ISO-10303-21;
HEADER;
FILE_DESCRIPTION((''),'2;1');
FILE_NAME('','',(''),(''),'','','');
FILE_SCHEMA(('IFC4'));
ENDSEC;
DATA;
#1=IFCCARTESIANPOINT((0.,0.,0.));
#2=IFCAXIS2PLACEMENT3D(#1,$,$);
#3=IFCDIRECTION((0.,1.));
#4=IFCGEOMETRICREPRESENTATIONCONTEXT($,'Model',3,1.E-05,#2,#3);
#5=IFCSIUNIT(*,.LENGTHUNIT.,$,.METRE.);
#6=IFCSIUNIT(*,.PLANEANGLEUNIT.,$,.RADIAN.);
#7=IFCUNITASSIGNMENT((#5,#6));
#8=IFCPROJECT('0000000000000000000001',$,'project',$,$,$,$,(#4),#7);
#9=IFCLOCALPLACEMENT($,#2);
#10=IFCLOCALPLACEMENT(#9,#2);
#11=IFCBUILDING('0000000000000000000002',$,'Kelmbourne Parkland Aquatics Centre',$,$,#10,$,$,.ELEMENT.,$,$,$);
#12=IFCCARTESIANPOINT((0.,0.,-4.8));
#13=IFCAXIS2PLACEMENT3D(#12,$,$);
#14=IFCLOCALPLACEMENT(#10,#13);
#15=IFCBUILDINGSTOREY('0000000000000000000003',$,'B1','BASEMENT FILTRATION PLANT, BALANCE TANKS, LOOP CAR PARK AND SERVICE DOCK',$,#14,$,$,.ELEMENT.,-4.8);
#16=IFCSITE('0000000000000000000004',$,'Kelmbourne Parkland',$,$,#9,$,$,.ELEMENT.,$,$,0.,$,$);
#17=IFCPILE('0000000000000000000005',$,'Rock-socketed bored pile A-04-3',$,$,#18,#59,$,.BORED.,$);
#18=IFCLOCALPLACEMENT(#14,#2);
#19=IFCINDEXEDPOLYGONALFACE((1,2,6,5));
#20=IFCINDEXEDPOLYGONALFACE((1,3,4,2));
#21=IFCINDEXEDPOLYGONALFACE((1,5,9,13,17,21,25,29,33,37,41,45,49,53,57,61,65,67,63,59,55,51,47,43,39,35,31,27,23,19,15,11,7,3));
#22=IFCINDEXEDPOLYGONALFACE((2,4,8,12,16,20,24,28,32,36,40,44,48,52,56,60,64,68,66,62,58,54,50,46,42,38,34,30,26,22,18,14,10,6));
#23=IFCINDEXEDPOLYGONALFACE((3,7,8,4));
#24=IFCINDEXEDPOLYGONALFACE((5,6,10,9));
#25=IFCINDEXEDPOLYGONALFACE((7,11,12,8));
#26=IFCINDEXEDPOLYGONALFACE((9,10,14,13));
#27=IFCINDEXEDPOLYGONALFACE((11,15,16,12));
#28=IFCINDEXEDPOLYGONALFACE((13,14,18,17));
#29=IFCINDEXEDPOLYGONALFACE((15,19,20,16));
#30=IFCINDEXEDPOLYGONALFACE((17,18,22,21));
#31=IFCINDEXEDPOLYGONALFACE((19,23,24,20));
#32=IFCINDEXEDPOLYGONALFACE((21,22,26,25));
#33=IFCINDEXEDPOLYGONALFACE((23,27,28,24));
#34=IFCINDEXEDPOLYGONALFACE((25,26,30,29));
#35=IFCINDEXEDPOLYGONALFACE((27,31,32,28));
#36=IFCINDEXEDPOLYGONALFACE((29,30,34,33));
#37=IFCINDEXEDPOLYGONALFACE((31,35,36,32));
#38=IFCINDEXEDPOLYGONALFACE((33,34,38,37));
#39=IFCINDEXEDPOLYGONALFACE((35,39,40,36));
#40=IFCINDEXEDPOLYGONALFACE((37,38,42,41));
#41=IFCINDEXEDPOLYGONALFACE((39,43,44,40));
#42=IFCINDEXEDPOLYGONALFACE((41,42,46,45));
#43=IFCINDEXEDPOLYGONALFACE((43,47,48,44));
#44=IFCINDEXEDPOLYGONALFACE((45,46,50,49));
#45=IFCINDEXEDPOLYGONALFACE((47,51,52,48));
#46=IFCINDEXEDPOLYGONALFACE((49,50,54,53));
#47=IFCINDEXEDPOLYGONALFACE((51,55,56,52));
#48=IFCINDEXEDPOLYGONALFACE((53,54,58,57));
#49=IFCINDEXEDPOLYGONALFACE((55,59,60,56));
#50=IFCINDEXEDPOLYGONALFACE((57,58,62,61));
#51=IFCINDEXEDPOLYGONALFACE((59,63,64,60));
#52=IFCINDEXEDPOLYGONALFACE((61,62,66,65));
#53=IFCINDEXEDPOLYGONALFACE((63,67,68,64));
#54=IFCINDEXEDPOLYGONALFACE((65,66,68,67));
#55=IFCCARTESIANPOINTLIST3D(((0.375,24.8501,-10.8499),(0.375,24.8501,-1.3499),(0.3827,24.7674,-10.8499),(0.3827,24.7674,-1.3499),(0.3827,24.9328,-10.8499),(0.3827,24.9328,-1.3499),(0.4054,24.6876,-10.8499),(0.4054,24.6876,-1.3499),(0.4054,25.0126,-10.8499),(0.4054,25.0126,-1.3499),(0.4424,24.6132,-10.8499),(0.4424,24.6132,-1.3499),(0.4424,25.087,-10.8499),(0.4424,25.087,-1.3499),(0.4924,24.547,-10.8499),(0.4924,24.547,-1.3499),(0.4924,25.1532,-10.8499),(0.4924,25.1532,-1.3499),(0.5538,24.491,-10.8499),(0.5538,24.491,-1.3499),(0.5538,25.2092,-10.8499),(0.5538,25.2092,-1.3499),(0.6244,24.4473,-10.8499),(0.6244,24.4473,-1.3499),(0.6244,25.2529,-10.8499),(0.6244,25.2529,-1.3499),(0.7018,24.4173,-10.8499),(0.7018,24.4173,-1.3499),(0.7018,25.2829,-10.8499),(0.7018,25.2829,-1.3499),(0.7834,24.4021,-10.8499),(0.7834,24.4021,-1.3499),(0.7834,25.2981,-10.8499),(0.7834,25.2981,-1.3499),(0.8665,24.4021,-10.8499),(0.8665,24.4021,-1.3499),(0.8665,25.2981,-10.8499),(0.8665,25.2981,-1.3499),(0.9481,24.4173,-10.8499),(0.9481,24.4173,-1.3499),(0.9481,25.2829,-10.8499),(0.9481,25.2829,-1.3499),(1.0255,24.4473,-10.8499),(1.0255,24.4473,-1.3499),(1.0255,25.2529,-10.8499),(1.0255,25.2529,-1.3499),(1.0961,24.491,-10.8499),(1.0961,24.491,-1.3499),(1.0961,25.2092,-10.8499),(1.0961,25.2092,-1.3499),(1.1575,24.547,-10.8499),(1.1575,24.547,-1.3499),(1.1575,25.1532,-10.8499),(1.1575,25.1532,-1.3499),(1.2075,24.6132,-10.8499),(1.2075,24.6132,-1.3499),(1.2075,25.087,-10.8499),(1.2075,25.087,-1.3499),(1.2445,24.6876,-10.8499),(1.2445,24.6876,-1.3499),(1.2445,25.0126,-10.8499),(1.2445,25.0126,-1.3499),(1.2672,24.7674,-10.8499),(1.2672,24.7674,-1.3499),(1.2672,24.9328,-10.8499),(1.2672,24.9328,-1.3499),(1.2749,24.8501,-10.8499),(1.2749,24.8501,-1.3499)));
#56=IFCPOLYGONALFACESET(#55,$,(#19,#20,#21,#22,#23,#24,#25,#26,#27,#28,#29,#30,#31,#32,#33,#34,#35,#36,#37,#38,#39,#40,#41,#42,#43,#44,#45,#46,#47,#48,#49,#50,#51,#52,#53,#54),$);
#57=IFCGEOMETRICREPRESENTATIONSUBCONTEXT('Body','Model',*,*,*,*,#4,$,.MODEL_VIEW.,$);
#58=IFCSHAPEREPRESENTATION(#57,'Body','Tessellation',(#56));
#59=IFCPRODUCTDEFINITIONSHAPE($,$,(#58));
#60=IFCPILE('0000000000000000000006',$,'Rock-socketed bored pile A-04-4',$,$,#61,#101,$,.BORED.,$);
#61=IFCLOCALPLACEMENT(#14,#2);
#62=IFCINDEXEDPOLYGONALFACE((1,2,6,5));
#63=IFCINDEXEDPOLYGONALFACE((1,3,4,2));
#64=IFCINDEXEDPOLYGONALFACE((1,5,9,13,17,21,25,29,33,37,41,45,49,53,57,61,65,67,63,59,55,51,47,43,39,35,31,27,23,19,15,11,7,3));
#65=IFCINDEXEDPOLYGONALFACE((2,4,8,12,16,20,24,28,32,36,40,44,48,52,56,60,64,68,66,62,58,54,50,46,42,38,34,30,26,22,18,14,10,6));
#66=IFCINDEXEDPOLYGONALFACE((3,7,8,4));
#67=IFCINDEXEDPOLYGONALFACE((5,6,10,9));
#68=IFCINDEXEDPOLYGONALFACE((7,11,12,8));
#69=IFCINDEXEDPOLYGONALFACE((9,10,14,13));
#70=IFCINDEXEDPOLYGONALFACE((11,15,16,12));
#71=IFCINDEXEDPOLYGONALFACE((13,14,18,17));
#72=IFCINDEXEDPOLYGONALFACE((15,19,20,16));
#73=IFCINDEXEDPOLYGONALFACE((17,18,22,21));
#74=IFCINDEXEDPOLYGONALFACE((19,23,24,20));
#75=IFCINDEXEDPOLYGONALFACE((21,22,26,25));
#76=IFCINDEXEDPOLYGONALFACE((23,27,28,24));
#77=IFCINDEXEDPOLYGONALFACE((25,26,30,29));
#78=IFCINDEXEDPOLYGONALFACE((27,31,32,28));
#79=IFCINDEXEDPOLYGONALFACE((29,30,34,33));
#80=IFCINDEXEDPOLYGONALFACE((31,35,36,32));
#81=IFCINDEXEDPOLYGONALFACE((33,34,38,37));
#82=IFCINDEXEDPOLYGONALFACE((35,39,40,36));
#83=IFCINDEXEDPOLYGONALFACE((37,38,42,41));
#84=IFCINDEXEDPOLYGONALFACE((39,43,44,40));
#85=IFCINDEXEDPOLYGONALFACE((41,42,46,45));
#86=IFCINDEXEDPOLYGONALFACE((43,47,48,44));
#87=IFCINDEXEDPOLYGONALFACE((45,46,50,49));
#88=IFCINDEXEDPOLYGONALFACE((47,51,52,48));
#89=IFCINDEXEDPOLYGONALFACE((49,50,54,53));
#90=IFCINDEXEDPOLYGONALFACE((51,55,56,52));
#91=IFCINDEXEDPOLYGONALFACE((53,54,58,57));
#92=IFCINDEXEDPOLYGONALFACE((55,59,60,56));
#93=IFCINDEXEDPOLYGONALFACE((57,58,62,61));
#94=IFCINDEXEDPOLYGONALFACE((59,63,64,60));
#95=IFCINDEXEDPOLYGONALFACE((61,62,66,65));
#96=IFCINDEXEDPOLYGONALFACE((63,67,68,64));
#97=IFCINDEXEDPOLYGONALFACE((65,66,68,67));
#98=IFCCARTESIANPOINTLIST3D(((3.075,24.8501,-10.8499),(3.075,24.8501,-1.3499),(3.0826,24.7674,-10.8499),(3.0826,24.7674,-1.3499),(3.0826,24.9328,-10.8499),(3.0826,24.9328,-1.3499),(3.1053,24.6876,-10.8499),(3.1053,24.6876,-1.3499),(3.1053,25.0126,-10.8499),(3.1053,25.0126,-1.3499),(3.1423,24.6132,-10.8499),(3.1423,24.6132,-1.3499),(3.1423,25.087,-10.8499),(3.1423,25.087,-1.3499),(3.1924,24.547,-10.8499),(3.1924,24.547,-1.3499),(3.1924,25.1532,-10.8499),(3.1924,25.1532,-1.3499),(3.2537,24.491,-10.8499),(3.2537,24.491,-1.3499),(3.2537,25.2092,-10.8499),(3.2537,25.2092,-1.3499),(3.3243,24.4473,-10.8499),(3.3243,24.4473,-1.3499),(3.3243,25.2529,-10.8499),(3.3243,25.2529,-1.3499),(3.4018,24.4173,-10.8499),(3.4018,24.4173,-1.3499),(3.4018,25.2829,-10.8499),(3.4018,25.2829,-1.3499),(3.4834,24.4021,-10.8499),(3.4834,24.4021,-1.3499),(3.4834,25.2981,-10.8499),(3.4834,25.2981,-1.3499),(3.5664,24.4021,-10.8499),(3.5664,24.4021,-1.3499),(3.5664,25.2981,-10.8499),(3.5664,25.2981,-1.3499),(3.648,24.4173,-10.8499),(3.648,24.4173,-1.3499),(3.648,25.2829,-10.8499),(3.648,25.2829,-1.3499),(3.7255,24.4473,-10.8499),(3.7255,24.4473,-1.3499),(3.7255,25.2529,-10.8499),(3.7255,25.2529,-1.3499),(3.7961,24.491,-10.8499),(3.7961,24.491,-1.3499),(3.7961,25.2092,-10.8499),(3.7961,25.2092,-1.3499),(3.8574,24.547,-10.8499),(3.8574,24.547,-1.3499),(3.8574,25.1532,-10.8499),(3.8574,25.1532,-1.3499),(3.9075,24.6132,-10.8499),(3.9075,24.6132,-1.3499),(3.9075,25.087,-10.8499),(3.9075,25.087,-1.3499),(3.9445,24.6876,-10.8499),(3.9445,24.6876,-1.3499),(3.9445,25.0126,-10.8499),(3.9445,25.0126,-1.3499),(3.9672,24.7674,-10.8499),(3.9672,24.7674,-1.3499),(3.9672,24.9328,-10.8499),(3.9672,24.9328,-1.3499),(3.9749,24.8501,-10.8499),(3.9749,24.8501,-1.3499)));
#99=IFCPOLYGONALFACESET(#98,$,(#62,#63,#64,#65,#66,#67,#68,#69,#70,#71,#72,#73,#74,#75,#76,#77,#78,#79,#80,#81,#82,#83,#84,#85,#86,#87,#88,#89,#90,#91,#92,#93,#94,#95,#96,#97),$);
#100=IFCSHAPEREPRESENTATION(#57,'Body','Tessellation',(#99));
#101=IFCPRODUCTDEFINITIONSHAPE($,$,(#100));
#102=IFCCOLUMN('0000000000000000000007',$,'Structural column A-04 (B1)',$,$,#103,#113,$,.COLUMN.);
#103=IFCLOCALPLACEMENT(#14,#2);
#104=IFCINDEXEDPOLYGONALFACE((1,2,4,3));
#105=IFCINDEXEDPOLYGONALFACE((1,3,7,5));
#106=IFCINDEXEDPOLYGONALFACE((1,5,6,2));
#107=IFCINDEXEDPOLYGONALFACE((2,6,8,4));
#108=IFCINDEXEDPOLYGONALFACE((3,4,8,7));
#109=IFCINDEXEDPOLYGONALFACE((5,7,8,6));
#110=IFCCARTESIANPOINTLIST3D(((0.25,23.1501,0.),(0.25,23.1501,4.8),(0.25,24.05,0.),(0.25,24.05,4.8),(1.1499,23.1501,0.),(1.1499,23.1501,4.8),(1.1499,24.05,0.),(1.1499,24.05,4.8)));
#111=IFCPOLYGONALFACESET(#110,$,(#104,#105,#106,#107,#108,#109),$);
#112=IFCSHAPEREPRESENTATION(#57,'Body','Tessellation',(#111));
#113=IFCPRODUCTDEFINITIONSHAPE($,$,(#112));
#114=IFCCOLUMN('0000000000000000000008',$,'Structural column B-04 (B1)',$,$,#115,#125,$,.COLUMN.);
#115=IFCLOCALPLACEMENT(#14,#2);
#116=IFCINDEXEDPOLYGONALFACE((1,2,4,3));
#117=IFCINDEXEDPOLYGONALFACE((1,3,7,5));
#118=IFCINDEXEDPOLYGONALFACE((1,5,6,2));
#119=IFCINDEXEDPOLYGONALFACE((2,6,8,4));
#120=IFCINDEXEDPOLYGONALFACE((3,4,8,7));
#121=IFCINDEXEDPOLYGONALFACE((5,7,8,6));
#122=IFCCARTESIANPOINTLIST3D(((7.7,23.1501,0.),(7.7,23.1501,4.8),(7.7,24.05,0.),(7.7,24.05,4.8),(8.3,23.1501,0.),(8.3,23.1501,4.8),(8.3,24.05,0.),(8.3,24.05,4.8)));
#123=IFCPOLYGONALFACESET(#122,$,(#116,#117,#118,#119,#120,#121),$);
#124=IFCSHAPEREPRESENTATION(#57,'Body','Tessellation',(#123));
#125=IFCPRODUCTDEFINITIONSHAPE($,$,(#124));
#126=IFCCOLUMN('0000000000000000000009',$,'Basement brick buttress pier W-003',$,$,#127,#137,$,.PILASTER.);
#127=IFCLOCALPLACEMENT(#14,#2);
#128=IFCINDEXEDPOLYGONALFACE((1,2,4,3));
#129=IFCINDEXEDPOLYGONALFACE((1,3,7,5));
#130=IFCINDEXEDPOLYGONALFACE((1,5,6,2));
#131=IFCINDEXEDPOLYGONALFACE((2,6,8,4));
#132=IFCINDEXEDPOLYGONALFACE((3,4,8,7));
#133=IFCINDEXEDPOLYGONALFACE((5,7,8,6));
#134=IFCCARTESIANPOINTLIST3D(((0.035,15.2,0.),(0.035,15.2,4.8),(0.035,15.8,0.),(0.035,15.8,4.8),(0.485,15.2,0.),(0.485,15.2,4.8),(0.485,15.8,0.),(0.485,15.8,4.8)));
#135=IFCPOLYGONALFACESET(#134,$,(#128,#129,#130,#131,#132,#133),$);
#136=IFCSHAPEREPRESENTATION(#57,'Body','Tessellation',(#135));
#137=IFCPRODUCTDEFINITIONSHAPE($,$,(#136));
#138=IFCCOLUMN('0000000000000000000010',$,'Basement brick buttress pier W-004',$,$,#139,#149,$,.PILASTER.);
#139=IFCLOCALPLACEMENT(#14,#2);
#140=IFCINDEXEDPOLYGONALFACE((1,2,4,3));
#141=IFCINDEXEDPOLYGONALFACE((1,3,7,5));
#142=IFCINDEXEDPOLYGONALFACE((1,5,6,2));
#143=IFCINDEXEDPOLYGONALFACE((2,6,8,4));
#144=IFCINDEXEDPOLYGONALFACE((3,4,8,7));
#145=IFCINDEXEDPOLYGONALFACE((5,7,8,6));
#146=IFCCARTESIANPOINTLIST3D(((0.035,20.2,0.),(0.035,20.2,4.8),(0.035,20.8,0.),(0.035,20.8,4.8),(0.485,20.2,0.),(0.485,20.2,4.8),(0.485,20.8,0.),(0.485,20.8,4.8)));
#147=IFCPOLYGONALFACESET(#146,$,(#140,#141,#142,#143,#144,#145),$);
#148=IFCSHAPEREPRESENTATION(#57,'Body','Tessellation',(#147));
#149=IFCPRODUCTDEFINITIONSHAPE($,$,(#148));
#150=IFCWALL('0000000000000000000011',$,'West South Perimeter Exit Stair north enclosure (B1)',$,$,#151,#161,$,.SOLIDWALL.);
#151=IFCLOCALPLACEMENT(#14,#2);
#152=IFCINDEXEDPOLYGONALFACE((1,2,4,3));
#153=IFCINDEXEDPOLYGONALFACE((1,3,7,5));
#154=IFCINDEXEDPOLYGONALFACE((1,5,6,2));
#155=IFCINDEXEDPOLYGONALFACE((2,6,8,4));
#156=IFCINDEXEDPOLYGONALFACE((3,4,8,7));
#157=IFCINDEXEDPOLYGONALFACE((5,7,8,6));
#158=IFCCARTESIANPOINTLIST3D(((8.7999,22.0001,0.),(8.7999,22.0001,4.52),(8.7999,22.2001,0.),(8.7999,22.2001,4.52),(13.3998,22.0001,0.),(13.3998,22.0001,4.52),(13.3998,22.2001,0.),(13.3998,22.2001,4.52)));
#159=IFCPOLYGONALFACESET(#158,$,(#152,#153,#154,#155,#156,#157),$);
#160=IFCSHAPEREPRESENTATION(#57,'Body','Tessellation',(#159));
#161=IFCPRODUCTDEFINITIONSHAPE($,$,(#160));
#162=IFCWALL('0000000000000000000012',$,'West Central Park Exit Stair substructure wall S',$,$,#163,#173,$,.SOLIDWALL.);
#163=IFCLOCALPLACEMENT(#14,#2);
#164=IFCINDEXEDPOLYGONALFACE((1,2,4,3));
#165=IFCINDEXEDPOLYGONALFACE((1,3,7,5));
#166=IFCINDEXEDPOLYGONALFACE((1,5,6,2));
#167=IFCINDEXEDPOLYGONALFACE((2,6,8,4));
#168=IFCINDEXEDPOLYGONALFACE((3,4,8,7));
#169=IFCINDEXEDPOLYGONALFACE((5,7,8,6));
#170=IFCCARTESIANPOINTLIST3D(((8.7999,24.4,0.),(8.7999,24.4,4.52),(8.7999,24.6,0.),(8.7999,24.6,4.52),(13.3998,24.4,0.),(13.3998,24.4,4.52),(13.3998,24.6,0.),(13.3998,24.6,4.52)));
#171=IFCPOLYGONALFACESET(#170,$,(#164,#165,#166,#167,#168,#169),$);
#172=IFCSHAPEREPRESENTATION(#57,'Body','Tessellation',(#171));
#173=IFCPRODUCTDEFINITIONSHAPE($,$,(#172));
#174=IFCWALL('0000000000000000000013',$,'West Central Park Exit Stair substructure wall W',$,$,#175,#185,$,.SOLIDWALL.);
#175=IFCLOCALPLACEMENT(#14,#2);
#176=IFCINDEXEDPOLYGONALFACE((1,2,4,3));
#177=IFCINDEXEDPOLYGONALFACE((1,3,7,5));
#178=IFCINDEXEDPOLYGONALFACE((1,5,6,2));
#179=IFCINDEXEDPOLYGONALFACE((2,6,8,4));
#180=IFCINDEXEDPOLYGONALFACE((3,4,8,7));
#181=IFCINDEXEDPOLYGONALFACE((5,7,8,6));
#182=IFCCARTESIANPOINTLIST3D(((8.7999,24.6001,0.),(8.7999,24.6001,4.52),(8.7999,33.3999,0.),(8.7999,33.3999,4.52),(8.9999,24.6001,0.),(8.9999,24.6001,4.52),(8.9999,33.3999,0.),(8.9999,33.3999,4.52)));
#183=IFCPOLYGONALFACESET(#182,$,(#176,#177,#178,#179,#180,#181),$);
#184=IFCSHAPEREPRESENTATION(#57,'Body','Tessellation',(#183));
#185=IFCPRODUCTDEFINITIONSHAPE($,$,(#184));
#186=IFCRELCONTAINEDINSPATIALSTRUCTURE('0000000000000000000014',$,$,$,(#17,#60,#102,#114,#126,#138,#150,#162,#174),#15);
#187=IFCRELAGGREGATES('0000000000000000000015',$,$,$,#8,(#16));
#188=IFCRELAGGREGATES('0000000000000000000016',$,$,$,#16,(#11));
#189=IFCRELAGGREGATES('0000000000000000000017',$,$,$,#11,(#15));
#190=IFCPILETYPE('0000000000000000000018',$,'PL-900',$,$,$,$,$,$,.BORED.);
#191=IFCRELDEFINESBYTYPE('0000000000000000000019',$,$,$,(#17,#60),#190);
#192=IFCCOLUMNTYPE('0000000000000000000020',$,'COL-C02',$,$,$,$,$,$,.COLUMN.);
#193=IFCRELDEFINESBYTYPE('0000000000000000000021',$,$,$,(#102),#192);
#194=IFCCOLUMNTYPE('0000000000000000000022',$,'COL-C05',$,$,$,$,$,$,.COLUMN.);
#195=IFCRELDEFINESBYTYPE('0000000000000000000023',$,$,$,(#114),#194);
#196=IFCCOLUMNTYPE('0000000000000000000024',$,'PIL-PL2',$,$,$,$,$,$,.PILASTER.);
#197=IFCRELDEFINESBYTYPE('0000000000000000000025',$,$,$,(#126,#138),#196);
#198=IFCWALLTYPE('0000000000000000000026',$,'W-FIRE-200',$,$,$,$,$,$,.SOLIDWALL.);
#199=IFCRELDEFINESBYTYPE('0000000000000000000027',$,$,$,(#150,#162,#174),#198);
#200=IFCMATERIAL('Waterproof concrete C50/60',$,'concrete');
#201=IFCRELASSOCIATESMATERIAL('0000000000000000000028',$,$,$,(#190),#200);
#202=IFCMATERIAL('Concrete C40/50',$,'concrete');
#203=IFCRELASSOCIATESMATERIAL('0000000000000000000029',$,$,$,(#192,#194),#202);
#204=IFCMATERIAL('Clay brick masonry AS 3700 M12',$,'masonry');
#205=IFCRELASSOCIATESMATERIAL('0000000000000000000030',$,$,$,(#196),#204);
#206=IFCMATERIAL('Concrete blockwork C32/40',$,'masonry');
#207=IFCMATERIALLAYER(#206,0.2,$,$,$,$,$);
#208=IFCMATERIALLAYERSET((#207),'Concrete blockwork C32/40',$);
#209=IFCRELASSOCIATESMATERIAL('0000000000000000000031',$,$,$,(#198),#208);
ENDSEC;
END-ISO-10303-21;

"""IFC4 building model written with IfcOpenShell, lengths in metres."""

from ifc_helpers import new_model, si_unit, direction, frame, frame_2d, origin, origin_2d, place, context, subcontext, project, spatial, rectangle, circle, extrude, material, layer, layer_set, material_profile, profile_set, type_object, element, save


model = new_model("IFC4")

# Units and contexts
model_context = context("Model", 3, precision=1e-05, world=origin(), true_north=direction((0.0, 1.0)))
body_context = subcontext(model_context, "Body", "Model", "MODEL_VIEW")
ifc_project = project(units=[si_unit("LENGTHUNIT", "METRE"), si_unit("PLANEANGLEUNIT", "RADIAN")], contexts=[model_context])

# Site, building, storey
site_placement = place(None, origin())
site = spatial("IfcSite", under=ifc_project, at=site_placement, Name="Kelmbourne Parkland", CompositionType="ELEMENT", RefElevation=0.0)
building_placement = place(site_placement, origin())
building = spatial("IfcBuilding", under=site, at=building_placement, Name="Kelmbourne Parkland Aquatics Centre", CompositionType="ELEMENT")
storey_placement = place(building_placement, frame((0.0, 0.0, -4.8)))
storey = spatial("IfcBuildingStorey", under=building, at=storey_placement, Name="B1", Description="BASEMENT FILTRATION PLANT, BALANCE TANKS, LOOP CAR PARK AND SERVICE DOCK", CompositionType="ELEMENT", Elevation=-4.8)

# Shared definitions
ifc_material_1 = material(Name="Waterproof concrete C50/60", Category="concrete")

# Piles
ifc_material_profile_1 = material_profile(ifc_material_1, circle(Radius=0.45, at=origin_2d()), Name="PILE D900")
ifc_profile_set_1 = profile_set([ifc_material_profile_1], Name="Waterproof concrete C50/60")
pile_type_1 = type_object("IfcPileType", Name="PL-900", PredefinedType="BORED", material=ifc_profile_set_1)
for number, where, z_axis, x_axis, name in (
    (1, (0.825, 24.8501, -1.3499), (0.0, 0.0, -1.0), (1.0, 0.0, 0.0), "Rock-socketed bored pile A-04-3"),
    (2, (3.5249, 24.8501, -1.3499), (0.0, 0.0, -1.0), (1.0, 0.0, 0.0), "Rock-socketed bored pile A-04-4"),
):
    element("IfcPile", number, at=place(storey_placement, frame(where, z_axis=z_axis, x_axis=x_axis)), inside=storey, type_object=pile_type_1, Name=name, PredefinedType="BORED", context=body_context, shape_type="SweptSolid", body=[
        extrude(circle(Radius=0.45, at=origin_2d()), origin(), (0.0, 0.0, 1.0), 9.5),
    ])

# Columns
ifc_material_2 = material(Name="Concrete C40/50", Category="concrete")
ifc_material_profile_2 = material_profile(ifc_material_2, rectangle(XDim=0.8999, YDim=0.8999, at=origin_2d()), Name="RC 900x900")
ifc_profile_set_2 = profile_set([ifc_material_profile_2], Name="Concrete C40/50")
column_type_1 = type_object("IfcColumnType", Name="COL-C02", PredefinedType="COLUMN", material=ifc_profile_set_2)
column_1_placement = place(storey_placement, frame((0.7, 23.6001, 0.0), z_axis=(0.0, 0.0, 1.0), x_axis=(1.0, 0.0, 0.0)))
element("IfcColumn", 3, at=column_1_placement, inside=storey, type_object=column_type_1, Name="Structural column A-04 (B1)", PredefinedType="COLUMN", context=body_context, shape_type="SweptSolid", body=[
    extrude(rectangle(XDim=0.8999, YDim=0.8999, at=origin_2d()), origin(), (0.0, 0.0, 1.0), 4.8),
])
ifc_material_profile_3 = material_profile(ifc_material_2, rectangle(XDim=0.6001, YDim=0.8999, at=origin_2d()), Name="RC 600x900")
ifc_profile_set_3 = profile_set([ifc_material_profile_3], Name="Concrete C40/50")
column_type_2 = type_object("IfcColumnType", Name="COL-C05", PredefinedType="COLUMN", material=ifc_profile_set_3)
column_2_placement = place(storey_placement, frame((8.0, 23.6001, 0.0), z_axis=(0.0, 0.0, 1.0), x_axis=(1.0, 0.0, 0.0)))
element("IfcColumn", 4, at=column_2_placement, inside=storey, type_object=column_type_2, Name="Structural column B-04 (B1)", PredefinedType="COLUMN", context=body_context, shape_type="SweptSolid", body=[
    extrude(rectangle(XDim=0.6001, YDim=0.8999, at=origin_2d()), origin(), (0.0, 0.0, 1.0), 4.8),
])
ifc_material_3 = material(Name="Clay brick masonry AS 3700 M12", Category="masonry")
ifc_material_profile_4 = material_profile(ifc_material_3, rectangle(XDim=0.45, YDim=0.6001, at=origin_2d()), Name="PIL 450x600")
ifc_profile_set_4 = profile_set([ifc_material_profile_4], Name="Clay brick masonry AS 3700 M12")
column_type_3 = type_object("IfcColumnType", Name="PIL-PL2", PredefinedType="PILASTER", material=ifc_profile_set_4)
for number, where, z_axis, x_axis, name in (
    (5, (0.26, 15.5, 0.0), (0.0, 0.0, 1.0), (1.0, 0.0, 0.0), "Basement brick buttress pier W-003"),
    (6, (0.26, 20.5, 0.0), (0.0, 0.0, 1.0), (1.0, 0.0, 0.0), "Basement brick buttress pier W-004"),
):
    element("IfcColumn", number, at=place(storey_placement, frame(where, z_axis=z_axis, x_axis=x_axis)), inside=storey, type_object=column_type_3, Name=name, PredefinedType="PILASTER", context=body_context, shape_type="SweptSolid", body=[
        extrude(rectangle(XDim=0.45, YDim=0.6001, at=origin_2d()), origin(), (0.0, 0.0, 1.0), 4.8),
    ])

# Walls
ifc_material_4 = material(Name="Concrete blockwork C32/40", Category="masonry")
ifc_layer = layer(ifc_material_4, 0.2)
ifc_layer_set = layer_set([ifc_layer], Name="Concrete blockwork C32/40")
wall_type = type_object("IfcWallType", Name="W-FIRE-200", PredefinedType="SOLIDWALL", material=ifc_layer_set)
for number, where, z_axis, x_axis, name in (
    (7, (8.8, 22.1001, 0.0), (0.0, 0.0, 1.0), (1.0, 0.0, 0.0), "West South Perimeter Exit Stair north enclosure (B1)"),
    (8, (8.8, 24.5, 0.0), (0.0, 0.0, 1.0), (1.0, 0.0, 0.0), "West Central Park Exit Stair substructure wall S"),
):
    element("IfcWall", number, at=place(storey_placement, frame(where, z_axis=z_axis, x_axis=x_axis)), inside=storey, type_object=wall_type, Name=name, PredefinedType="SOLIDWALL", context=body_context, shape_type="SweptSolid", body=[
        extrude(rectangle(XDim=4.5999, YDim=0.2, at=frame_2d((2.2998, 0.0))), origin(), (0.0, 0.0, 1.0), 4.52),
    ])
wall_placement = place(storey_placement, frame((8.8999, 24.6001, 0.0), z_axis=(0.0, 0.0, 1.0), x_axis=(0.0, 1.0, 0.0)))
element("IfcWall", 9, at=wall_placement, inside=storey, type_object=wall_type, Name="West Central Park Exit Stair substructure wall W", PredefinedType="SOLIDWALL", context=body_context, shape_type="SweptSolid", body=[
    extrude(rectangle(XDim=8.7998, YDim=0.2, at=frame_2d((4.3999, 0.0))), origin(), (0.0, 0.0, 1.0), 4.52),
])

save(model, "model.ifc")
